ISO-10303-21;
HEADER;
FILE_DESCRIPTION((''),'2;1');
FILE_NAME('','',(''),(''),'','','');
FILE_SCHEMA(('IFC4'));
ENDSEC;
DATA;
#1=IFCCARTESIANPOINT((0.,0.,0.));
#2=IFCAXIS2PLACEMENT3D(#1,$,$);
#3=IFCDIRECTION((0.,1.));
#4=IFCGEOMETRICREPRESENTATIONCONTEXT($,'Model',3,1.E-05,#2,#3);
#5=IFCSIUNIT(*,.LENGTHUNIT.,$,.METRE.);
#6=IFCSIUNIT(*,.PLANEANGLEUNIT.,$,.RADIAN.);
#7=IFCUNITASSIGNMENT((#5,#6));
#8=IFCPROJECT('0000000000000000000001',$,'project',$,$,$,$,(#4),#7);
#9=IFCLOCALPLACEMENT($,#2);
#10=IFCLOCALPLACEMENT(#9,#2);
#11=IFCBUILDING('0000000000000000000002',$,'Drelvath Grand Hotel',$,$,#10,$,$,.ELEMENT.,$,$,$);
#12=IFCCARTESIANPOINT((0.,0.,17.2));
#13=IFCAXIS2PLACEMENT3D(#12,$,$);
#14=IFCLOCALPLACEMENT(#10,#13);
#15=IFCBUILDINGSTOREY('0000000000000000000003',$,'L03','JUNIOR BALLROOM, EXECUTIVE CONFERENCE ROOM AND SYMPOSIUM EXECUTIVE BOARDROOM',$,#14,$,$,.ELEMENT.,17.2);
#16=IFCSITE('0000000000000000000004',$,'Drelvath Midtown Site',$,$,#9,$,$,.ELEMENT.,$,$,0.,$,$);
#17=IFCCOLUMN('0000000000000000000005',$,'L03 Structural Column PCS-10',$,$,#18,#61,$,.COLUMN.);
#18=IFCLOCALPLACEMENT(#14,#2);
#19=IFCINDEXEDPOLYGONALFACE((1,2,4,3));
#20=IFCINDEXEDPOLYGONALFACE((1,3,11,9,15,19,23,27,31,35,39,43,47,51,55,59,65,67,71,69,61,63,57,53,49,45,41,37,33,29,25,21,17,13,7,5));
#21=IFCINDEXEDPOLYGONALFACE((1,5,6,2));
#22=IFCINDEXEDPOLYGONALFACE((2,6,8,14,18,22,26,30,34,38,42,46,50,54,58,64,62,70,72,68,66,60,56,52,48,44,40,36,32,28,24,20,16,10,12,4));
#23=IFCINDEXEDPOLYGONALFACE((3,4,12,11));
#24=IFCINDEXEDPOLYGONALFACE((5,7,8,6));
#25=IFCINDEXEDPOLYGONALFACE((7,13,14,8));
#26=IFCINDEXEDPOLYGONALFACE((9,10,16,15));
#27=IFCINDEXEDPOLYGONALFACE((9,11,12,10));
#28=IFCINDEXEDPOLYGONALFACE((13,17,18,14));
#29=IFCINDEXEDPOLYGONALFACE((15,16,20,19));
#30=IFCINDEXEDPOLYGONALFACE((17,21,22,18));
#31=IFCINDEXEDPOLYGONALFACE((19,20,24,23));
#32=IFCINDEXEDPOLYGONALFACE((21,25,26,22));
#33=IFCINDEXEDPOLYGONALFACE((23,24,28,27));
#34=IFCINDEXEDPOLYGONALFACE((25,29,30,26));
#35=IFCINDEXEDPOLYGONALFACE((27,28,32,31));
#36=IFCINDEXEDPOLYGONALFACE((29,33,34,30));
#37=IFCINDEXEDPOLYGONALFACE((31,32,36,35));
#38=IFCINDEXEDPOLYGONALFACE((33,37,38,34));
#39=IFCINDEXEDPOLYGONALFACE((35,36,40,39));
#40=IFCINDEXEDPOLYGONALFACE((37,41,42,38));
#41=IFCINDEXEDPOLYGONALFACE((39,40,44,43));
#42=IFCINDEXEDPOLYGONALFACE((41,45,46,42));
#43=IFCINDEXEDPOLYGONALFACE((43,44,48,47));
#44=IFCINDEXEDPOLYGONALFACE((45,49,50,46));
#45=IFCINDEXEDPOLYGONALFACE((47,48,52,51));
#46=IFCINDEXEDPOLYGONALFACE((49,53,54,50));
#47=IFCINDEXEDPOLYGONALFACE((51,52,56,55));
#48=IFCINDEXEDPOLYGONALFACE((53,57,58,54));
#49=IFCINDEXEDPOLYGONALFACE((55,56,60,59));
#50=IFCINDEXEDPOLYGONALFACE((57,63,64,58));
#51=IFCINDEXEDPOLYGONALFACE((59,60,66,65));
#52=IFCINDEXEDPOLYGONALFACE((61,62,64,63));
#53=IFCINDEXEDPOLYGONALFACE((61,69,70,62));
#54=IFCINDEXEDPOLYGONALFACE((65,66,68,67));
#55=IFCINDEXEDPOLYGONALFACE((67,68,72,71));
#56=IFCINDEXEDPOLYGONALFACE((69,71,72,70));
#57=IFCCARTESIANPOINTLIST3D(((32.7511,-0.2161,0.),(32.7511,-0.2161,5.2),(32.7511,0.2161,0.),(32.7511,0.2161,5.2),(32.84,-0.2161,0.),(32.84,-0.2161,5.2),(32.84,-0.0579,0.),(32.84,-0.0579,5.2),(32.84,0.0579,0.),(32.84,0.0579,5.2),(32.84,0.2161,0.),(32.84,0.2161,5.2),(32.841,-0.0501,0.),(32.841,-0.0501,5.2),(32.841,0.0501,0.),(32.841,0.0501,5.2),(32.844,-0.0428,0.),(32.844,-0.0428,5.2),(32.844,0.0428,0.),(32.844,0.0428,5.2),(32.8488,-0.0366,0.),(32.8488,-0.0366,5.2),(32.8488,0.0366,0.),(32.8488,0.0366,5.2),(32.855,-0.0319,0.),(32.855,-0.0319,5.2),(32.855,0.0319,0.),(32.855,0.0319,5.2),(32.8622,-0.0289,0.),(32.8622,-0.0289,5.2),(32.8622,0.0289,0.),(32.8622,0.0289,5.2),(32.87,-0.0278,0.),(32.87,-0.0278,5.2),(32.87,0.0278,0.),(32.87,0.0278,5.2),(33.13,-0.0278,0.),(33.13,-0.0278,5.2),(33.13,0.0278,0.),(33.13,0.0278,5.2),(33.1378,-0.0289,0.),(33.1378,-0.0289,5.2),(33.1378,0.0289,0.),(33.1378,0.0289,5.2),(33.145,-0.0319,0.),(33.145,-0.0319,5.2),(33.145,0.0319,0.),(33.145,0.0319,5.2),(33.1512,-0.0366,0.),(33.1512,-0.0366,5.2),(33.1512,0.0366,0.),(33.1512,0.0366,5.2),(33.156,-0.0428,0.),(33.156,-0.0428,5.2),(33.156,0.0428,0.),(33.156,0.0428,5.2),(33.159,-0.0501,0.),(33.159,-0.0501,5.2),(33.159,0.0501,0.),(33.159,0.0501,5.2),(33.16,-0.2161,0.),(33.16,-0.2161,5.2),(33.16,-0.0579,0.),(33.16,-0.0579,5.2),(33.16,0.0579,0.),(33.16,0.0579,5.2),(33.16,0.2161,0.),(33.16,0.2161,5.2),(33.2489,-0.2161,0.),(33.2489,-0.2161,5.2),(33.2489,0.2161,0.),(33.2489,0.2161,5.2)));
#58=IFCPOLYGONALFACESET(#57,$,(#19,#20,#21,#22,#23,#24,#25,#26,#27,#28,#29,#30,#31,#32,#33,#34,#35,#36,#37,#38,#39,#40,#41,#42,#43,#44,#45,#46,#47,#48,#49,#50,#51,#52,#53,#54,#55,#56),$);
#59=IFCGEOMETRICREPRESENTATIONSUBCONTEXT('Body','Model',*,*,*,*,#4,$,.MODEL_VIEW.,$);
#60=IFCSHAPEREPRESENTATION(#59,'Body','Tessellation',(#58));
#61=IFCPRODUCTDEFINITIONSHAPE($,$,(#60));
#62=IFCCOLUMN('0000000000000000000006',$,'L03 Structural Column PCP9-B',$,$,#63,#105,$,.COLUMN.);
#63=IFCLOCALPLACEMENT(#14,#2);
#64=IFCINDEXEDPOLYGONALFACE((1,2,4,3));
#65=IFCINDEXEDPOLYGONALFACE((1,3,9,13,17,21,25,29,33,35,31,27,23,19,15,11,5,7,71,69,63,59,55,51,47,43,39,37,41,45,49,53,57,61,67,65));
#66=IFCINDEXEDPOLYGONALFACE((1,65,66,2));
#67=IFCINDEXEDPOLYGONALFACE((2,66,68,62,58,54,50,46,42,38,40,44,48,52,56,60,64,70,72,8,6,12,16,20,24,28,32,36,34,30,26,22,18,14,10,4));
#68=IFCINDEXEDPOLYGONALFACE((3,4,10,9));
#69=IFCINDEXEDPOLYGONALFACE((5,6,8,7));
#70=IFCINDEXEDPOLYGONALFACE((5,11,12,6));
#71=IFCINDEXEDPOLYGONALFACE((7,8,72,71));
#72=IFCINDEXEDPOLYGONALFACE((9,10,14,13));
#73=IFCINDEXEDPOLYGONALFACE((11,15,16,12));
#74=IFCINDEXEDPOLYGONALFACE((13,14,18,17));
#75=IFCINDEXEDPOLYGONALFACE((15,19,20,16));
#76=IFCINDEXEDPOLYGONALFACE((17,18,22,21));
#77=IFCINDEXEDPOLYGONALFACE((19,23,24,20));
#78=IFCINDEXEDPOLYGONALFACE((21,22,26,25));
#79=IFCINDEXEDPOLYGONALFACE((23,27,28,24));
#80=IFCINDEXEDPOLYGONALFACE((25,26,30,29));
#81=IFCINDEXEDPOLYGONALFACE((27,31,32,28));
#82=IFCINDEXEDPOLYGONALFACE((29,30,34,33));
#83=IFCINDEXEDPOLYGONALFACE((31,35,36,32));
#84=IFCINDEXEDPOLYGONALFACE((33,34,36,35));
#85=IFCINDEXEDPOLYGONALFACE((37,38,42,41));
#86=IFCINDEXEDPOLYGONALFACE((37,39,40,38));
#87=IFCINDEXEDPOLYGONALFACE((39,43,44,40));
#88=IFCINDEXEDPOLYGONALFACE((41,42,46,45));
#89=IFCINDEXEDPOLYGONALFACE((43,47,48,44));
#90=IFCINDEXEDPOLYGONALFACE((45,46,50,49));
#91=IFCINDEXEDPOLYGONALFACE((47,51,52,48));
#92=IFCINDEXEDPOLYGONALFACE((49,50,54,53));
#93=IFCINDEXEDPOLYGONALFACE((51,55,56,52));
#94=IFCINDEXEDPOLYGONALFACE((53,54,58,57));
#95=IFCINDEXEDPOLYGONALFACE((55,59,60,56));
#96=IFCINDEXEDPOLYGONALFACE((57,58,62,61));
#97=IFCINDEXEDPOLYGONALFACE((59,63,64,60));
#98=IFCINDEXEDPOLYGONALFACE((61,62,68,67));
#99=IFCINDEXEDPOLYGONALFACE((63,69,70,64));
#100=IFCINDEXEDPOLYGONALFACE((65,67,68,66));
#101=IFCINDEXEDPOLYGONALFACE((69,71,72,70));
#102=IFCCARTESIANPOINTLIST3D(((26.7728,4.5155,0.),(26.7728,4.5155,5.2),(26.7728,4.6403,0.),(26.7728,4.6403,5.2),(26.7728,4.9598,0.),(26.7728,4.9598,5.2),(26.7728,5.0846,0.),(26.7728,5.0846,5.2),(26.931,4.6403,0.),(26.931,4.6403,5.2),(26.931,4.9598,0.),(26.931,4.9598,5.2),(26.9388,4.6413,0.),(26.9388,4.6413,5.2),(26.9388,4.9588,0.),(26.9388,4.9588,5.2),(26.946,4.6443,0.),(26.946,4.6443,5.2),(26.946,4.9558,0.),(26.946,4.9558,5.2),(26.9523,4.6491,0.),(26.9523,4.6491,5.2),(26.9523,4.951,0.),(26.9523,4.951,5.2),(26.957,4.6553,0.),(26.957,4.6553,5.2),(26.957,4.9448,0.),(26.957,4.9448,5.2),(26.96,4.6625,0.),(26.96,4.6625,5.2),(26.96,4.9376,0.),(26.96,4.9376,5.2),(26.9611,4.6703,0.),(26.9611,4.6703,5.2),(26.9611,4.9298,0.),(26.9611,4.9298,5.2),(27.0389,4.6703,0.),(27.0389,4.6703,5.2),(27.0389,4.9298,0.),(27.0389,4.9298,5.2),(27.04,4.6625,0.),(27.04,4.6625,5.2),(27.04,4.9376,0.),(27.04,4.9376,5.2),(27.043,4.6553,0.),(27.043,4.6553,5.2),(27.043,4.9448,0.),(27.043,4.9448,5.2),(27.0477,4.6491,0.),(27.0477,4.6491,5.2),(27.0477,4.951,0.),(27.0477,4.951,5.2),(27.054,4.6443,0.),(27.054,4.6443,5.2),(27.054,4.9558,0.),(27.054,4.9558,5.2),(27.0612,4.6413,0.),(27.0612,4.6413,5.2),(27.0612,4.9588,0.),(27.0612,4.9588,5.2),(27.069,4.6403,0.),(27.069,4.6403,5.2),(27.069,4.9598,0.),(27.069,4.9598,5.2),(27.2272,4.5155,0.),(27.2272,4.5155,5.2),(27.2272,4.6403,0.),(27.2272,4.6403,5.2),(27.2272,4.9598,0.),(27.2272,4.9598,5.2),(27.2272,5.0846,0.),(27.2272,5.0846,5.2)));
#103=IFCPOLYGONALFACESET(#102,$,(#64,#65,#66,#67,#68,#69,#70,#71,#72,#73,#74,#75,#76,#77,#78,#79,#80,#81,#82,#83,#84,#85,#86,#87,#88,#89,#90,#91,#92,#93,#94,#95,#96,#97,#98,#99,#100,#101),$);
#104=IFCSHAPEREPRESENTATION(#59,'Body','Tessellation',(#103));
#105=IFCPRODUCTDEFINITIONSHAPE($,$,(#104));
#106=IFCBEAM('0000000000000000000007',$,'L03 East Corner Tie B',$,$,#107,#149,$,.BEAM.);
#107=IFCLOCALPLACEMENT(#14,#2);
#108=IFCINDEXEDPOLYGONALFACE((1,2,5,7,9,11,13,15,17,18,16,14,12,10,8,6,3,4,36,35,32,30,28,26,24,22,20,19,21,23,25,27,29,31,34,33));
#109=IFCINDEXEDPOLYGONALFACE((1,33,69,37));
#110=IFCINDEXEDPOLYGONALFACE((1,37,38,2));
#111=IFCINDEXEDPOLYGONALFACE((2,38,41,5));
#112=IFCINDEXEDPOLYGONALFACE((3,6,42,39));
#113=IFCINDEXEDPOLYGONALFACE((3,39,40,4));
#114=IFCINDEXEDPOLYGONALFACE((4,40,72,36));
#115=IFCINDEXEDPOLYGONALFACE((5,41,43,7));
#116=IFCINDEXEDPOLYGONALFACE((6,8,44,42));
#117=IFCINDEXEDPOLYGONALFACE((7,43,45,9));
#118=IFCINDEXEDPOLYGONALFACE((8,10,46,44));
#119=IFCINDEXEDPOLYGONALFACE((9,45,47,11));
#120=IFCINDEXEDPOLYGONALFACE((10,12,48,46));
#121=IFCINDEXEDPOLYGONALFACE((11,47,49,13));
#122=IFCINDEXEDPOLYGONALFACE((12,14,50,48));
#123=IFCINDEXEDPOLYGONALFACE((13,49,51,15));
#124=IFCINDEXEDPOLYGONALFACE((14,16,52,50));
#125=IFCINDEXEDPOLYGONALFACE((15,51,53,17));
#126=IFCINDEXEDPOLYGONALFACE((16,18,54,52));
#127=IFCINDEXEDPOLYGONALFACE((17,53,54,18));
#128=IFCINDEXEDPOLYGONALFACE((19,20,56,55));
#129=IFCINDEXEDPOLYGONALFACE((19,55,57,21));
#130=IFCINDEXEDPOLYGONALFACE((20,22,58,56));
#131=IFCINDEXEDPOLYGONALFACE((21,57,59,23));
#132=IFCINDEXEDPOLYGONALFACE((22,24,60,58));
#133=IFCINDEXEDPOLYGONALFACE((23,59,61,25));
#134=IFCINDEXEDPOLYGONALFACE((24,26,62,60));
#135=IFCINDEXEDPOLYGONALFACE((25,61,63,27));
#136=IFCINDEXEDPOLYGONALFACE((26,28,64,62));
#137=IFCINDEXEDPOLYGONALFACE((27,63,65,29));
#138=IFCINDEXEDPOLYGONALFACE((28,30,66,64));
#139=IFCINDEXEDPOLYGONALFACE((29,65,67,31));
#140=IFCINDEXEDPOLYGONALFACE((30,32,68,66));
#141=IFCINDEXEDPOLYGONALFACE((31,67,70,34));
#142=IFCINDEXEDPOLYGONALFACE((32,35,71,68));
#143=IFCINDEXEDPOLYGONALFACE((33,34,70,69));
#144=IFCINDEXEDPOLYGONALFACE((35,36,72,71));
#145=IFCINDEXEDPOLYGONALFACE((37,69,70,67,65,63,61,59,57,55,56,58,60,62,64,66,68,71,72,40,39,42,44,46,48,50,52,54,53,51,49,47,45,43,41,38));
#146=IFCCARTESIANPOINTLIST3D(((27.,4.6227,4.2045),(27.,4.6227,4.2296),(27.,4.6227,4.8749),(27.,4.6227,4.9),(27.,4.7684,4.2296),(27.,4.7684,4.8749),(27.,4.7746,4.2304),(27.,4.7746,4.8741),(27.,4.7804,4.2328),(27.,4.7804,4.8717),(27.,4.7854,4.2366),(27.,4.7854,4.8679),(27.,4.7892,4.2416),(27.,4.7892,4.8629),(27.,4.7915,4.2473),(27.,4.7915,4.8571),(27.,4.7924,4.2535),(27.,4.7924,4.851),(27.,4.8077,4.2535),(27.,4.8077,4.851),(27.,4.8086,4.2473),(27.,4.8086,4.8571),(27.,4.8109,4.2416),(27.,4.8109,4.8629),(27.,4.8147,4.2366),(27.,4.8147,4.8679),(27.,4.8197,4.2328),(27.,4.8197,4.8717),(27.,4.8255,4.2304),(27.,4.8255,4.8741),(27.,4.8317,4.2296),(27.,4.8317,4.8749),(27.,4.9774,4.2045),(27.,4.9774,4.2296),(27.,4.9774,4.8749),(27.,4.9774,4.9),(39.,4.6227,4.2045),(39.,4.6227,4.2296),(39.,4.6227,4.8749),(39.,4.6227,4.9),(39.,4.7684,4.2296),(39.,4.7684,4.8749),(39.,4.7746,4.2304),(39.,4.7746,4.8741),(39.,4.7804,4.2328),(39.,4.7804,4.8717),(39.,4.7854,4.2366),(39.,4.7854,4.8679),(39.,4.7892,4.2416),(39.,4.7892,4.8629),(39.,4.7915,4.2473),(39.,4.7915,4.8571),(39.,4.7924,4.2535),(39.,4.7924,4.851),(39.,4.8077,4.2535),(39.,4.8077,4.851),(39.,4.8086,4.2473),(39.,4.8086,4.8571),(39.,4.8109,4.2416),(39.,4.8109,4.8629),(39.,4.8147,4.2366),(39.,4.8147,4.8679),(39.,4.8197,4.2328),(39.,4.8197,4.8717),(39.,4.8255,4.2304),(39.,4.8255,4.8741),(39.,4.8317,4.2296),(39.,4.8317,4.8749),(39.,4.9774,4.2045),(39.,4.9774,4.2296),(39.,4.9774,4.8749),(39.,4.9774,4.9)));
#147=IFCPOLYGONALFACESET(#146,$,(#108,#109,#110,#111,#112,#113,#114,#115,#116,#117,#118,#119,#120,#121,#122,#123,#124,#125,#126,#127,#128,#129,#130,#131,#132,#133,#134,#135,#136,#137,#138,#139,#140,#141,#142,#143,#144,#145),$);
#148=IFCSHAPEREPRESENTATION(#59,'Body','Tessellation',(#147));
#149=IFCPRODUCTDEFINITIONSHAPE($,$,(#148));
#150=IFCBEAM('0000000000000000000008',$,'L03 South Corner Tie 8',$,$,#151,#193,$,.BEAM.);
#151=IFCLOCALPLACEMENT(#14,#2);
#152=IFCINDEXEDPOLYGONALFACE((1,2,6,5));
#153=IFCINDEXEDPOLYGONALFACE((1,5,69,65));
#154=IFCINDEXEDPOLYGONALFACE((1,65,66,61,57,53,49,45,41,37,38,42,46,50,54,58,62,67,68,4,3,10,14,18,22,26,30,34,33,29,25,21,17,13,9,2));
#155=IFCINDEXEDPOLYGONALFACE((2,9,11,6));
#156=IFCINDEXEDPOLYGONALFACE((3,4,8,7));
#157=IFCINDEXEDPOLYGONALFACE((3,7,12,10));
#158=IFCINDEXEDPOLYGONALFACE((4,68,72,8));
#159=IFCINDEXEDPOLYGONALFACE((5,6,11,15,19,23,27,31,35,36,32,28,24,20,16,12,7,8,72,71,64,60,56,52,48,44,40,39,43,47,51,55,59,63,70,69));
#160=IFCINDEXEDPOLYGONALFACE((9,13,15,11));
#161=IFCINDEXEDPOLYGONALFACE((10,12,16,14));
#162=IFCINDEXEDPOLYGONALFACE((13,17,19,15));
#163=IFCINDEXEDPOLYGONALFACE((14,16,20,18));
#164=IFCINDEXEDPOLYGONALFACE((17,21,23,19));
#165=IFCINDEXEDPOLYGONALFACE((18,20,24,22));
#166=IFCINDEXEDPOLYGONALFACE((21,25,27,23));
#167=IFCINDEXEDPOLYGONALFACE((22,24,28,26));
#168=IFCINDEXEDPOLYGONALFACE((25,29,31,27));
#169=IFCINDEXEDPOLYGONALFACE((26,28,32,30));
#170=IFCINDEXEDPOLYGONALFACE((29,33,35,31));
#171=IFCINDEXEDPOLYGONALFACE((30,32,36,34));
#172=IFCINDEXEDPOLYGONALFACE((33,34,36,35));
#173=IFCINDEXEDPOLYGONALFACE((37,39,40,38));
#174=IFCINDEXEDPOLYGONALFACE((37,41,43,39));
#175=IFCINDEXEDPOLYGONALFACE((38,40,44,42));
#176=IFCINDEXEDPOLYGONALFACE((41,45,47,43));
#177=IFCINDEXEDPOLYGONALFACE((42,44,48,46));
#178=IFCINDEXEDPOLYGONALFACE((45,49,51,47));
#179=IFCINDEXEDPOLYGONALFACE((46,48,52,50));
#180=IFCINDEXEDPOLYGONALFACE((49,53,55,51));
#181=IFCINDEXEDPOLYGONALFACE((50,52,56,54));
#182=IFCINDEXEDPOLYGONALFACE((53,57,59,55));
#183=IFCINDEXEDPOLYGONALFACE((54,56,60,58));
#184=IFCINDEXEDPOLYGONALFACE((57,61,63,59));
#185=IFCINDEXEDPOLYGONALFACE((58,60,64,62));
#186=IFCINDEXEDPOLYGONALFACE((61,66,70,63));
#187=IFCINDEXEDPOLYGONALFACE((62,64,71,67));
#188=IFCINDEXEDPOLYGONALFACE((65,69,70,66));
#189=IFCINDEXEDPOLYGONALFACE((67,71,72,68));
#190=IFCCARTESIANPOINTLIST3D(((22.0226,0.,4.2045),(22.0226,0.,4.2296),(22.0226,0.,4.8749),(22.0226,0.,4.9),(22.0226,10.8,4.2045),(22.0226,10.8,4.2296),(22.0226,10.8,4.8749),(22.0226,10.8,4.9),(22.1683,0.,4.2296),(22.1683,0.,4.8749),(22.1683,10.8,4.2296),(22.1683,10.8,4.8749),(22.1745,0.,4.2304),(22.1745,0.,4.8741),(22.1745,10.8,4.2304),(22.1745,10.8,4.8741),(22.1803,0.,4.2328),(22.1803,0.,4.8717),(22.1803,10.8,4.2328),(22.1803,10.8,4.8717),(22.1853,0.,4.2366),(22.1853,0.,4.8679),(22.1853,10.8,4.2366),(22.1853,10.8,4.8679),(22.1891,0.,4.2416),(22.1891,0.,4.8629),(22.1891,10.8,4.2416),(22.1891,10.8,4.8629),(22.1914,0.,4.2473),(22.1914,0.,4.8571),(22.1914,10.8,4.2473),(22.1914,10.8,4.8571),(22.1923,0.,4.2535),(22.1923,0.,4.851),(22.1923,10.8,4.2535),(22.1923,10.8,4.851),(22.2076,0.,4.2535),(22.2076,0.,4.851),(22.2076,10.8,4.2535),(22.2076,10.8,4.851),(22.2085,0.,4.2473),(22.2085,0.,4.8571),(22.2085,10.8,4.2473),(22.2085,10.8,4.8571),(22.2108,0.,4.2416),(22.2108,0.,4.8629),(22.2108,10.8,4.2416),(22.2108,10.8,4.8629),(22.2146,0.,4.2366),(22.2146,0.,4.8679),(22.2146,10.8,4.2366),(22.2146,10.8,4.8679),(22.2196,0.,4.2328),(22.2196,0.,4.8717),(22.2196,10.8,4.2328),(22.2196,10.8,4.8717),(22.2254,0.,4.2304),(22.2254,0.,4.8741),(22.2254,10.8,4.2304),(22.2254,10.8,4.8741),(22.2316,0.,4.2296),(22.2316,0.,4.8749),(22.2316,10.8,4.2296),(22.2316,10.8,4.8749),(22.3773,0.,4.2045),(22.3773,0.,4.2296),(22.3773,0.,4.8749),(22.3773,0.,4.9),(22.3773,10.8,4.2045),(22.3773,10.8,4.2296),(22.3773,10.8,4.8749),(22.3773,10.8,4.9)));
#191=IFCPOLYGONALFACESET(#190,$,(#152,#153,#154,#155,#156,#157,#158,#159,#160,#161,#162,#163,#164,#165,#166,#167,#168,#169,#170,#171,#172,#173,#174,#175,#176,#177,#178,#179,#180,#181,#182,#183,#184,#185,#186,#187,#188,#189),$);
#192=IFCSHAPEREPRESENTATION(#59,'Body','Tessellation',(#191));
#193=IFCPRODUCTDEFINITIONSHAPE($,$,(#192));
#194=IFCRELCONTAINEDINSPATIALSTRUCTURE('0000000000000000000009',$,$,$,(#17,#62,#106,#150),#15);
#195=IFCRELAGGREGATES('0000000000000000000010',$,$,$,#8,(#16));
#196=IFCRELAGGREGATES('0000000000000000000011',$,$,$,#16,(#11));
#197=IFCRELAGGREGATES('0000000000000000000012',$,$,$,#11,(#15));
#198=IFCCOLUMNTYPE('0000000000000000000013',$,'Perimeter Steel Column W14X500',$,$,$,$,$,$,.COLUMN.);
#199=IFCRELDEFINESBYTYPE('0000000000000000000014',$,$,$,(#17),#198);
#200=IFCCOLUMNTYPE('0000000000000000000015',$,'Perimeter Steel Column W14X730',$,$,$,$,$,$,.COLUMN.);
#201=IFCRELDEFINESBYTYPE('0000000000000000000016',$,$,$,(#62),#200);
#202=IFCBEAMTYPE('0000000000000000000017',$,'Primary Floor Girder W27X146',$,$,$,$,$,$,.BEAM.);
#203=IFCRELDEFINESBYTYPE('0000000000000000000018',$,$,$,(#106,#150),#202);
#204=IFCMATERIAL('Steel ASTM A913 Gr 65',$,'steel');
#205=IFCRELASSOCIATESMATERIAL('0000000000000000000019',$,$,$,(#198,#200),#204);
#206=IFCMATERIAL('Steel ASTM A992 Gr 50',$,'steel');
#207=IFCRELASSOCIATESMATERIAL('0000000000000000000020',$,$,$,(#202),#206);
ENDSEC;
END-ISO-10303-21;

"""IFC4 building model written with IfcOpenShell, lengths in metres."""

from ifc_helpers import new_model, si_unit, direction, frame, origin, origin_2d, place, context, subcontext, project, spatial, i_section, extrude, material, material_profile, profile_set, type_object, element, save


model = new_model("IFC4")

# Units and contexts
model_context = context("Model", 3, precision=1e-05, world=origin(), true_north=direction((0.0, 1.0)))
body_context = subcontext(model_context, "Body", "Model", "MODEL_VIEW")
ifc_project = project(units=[si_unit("LENGTHUNIT", "METRE"), si_unit("PLANEANGLEUNIT", "RADIAN")], contexts=[model_context])

# Site, building, storey
site_placement = place(None, origin())
site = spatial("IfcSite", under=ifc_project, at=site_placement, Name="Drelvath Midtown Site", CompositionType="ELEMENT", RefElevation=0.0)
building_placement = place(site_placement, origin())
building = spatial("IfcBuilding", under=site, at=building_placement, Name="Drelvath Grand Hotel", CompositionType="ELEMENT")
storey_placement = place(building_placement, frame((0.0, 0.0, 17.2)))
storey = spatial("IfcBuildingStorey", under=building, at=storey_placement, Name="L03", Description="JUNIOR BALLROOM, EXECUTIVE CONFERENCE ROOM AND SYMPOSIUM EXECUTIVE BOARDROOM", CompositionType="ELEMENT", Elevation=17.2)

# Columns
ifc_material_1 = material(Name="Steel ASTM A913 Gr 65", Category="steel")
ifc_material_profile_1 = material_profile(ifc_material_1, i_section(OverallWidth=0.4321, OverallDepth=0.4978, WebThickness=0.0557, FlangeThickness=0.0889, FilletRadius=0.03, at=origin_2d()), Name="W14X500")
ifc_profile_set_1 = profile_set([ifc_material_profile_1], Name="Steel ASTM A913 Gr 65")
column_type_1 = type_object("IfcColumnType", Name="Perimeter Steel Column W14X500", PredefinedType="COLUMN", material=ifc_profile_set_1)
for number, where, z_axis, x_axis, name in (
    (1, (33.0, 0.0, 0.0), (0.0, 0.0, 1.0), (0.0, 1.0, 0.0), "L03 Structural Column PCS-10"),
):
    element("IfcColumn", number, at=place(storey_placement, frame(where, z_axis=z_axis, x_axis=x_axis)), inside=storey, type_object=column_type_1, Name=name, PredefinedType="COLUMN", context=body_context, shape_type="SweptSolid", body=[
        extrude(i_section(OverallWidth=0.4321, OverallDepth=0.4978, WebThickness=0.0557, FlangeThickness=0.0889, FilletRadius=0.03, at=origin_2d()), origin(), (0.0, 0.0, 1.0), 5.2),
    ])
ifc_material_profile_2 = material_profile(ifc_material_1, i_section(OverallWidth=0.4543, OverallDepth=0.5691, WebThickness=0.0779, FlangeThickness=0.1248, FilletRadius=0.03, at=origin_2d()), Name="W14X730")
ifc_profile_set_2 = profile_set([ifc_material_profile_2], Name="Steel ASTM A913 Gr 65")
column_type_2 = type_object("IfcColumnType", Name="Perimeter Steel Column W14X730", PredefinedType="COLUMN", material=ifc_profile_set_2)
column_placement = place(storey_placement, frame((27.0, 4.8, 0.0), z_axis=(0.0, 0.0, 1.0), x_axis=(1.0, 0.0, 0.0)))
element("IfcColumn", 2, at=column_placement, inside=storey, type_object=column_type_2, Name="L03 Structural Column PCP9-B", PredefinedType="COLUMN", context=body_context, shape_type="SweptSolid", body=[
    extrude(i_section(OverallWidth=0.4543, OverallDepth=0.5691, WebThickness=0.0779, FlangeThickness=0.1248, FilletRadius=0.03, at=origin_2d()), origin(), (0.0, 0.0, 1.0), 5.2),
])

# Beams
ifc_material_2 = material(Name="Steel ASTM A992 Gr 50", Category="steel")
ifc_material_profile_3 = material_profile(ifc_material_2, i_section(OverallWidth=0.3547, OverallDepth=0.6956, WebThickness=0.0154, FlangeThickness=0.0251, FilletRadius=0.0239, at=origin_2d()), Name="W27X146")
ifc_profile_set_3 = profile_set([ifc_material_profile_3], Name="Steel ASTM A992 Gr 50")
beam_type = type_object("IfcBeamType", Name="Primary Floor Girder W27X146", PredefinedType="BEAM", material=ifc_profile_set_3)
beam_placement = place(storey_placement, frame((27.0, 4.8, 4.5522), z_axis=(1.0, 0.0, 0.0), x_axis=(0.0, 1.0, 0.0)))
element("IfcBeam", 3, at=beam_placement, inside=storey, type_object=beam_type, Name="L03 East Corner Tie B", PredefinedType="BEAM", context=body_context, shape_type="SweptSolid", body=[
    extrude(i_section(OverallWidth=0.3547, OverallDepth=0.6956, WebThickness=0.0154, FlangeThickness=0.0251, FilletRadius=0.0239, at=origin_2d()), origin(), (0.0, 0.0, 1.0), 12.0),
])
for number, where, z_axis, x_axis, name in (
    (4, (22.2, 0.0, 4.5522), (0.0, 1.0, 0.0), (-1.0, 0.0, 0.0), "L03 South Corner Tie 8"),
):
    element("IfcBeam", number, at=place(storey_placement, frame(where, z_axis=z_axis, x_axis=x_axis)), inside=storey, type_object=beam_type, Name=name, PredefinedType="BEAM", context=body_context, shape_type="SweptSolid", body=[
        extrude(i_section(OverallWidth=0.3547, OverallDepth=0.6956, WebThickness=0.0154, FlangeThickness=0.0251, FilletRadius=0.0239, at=origin_2d()), origin(), (0.0, 0.0, 1.0), 10.8),
    ])

save(model, "model.ifc")
